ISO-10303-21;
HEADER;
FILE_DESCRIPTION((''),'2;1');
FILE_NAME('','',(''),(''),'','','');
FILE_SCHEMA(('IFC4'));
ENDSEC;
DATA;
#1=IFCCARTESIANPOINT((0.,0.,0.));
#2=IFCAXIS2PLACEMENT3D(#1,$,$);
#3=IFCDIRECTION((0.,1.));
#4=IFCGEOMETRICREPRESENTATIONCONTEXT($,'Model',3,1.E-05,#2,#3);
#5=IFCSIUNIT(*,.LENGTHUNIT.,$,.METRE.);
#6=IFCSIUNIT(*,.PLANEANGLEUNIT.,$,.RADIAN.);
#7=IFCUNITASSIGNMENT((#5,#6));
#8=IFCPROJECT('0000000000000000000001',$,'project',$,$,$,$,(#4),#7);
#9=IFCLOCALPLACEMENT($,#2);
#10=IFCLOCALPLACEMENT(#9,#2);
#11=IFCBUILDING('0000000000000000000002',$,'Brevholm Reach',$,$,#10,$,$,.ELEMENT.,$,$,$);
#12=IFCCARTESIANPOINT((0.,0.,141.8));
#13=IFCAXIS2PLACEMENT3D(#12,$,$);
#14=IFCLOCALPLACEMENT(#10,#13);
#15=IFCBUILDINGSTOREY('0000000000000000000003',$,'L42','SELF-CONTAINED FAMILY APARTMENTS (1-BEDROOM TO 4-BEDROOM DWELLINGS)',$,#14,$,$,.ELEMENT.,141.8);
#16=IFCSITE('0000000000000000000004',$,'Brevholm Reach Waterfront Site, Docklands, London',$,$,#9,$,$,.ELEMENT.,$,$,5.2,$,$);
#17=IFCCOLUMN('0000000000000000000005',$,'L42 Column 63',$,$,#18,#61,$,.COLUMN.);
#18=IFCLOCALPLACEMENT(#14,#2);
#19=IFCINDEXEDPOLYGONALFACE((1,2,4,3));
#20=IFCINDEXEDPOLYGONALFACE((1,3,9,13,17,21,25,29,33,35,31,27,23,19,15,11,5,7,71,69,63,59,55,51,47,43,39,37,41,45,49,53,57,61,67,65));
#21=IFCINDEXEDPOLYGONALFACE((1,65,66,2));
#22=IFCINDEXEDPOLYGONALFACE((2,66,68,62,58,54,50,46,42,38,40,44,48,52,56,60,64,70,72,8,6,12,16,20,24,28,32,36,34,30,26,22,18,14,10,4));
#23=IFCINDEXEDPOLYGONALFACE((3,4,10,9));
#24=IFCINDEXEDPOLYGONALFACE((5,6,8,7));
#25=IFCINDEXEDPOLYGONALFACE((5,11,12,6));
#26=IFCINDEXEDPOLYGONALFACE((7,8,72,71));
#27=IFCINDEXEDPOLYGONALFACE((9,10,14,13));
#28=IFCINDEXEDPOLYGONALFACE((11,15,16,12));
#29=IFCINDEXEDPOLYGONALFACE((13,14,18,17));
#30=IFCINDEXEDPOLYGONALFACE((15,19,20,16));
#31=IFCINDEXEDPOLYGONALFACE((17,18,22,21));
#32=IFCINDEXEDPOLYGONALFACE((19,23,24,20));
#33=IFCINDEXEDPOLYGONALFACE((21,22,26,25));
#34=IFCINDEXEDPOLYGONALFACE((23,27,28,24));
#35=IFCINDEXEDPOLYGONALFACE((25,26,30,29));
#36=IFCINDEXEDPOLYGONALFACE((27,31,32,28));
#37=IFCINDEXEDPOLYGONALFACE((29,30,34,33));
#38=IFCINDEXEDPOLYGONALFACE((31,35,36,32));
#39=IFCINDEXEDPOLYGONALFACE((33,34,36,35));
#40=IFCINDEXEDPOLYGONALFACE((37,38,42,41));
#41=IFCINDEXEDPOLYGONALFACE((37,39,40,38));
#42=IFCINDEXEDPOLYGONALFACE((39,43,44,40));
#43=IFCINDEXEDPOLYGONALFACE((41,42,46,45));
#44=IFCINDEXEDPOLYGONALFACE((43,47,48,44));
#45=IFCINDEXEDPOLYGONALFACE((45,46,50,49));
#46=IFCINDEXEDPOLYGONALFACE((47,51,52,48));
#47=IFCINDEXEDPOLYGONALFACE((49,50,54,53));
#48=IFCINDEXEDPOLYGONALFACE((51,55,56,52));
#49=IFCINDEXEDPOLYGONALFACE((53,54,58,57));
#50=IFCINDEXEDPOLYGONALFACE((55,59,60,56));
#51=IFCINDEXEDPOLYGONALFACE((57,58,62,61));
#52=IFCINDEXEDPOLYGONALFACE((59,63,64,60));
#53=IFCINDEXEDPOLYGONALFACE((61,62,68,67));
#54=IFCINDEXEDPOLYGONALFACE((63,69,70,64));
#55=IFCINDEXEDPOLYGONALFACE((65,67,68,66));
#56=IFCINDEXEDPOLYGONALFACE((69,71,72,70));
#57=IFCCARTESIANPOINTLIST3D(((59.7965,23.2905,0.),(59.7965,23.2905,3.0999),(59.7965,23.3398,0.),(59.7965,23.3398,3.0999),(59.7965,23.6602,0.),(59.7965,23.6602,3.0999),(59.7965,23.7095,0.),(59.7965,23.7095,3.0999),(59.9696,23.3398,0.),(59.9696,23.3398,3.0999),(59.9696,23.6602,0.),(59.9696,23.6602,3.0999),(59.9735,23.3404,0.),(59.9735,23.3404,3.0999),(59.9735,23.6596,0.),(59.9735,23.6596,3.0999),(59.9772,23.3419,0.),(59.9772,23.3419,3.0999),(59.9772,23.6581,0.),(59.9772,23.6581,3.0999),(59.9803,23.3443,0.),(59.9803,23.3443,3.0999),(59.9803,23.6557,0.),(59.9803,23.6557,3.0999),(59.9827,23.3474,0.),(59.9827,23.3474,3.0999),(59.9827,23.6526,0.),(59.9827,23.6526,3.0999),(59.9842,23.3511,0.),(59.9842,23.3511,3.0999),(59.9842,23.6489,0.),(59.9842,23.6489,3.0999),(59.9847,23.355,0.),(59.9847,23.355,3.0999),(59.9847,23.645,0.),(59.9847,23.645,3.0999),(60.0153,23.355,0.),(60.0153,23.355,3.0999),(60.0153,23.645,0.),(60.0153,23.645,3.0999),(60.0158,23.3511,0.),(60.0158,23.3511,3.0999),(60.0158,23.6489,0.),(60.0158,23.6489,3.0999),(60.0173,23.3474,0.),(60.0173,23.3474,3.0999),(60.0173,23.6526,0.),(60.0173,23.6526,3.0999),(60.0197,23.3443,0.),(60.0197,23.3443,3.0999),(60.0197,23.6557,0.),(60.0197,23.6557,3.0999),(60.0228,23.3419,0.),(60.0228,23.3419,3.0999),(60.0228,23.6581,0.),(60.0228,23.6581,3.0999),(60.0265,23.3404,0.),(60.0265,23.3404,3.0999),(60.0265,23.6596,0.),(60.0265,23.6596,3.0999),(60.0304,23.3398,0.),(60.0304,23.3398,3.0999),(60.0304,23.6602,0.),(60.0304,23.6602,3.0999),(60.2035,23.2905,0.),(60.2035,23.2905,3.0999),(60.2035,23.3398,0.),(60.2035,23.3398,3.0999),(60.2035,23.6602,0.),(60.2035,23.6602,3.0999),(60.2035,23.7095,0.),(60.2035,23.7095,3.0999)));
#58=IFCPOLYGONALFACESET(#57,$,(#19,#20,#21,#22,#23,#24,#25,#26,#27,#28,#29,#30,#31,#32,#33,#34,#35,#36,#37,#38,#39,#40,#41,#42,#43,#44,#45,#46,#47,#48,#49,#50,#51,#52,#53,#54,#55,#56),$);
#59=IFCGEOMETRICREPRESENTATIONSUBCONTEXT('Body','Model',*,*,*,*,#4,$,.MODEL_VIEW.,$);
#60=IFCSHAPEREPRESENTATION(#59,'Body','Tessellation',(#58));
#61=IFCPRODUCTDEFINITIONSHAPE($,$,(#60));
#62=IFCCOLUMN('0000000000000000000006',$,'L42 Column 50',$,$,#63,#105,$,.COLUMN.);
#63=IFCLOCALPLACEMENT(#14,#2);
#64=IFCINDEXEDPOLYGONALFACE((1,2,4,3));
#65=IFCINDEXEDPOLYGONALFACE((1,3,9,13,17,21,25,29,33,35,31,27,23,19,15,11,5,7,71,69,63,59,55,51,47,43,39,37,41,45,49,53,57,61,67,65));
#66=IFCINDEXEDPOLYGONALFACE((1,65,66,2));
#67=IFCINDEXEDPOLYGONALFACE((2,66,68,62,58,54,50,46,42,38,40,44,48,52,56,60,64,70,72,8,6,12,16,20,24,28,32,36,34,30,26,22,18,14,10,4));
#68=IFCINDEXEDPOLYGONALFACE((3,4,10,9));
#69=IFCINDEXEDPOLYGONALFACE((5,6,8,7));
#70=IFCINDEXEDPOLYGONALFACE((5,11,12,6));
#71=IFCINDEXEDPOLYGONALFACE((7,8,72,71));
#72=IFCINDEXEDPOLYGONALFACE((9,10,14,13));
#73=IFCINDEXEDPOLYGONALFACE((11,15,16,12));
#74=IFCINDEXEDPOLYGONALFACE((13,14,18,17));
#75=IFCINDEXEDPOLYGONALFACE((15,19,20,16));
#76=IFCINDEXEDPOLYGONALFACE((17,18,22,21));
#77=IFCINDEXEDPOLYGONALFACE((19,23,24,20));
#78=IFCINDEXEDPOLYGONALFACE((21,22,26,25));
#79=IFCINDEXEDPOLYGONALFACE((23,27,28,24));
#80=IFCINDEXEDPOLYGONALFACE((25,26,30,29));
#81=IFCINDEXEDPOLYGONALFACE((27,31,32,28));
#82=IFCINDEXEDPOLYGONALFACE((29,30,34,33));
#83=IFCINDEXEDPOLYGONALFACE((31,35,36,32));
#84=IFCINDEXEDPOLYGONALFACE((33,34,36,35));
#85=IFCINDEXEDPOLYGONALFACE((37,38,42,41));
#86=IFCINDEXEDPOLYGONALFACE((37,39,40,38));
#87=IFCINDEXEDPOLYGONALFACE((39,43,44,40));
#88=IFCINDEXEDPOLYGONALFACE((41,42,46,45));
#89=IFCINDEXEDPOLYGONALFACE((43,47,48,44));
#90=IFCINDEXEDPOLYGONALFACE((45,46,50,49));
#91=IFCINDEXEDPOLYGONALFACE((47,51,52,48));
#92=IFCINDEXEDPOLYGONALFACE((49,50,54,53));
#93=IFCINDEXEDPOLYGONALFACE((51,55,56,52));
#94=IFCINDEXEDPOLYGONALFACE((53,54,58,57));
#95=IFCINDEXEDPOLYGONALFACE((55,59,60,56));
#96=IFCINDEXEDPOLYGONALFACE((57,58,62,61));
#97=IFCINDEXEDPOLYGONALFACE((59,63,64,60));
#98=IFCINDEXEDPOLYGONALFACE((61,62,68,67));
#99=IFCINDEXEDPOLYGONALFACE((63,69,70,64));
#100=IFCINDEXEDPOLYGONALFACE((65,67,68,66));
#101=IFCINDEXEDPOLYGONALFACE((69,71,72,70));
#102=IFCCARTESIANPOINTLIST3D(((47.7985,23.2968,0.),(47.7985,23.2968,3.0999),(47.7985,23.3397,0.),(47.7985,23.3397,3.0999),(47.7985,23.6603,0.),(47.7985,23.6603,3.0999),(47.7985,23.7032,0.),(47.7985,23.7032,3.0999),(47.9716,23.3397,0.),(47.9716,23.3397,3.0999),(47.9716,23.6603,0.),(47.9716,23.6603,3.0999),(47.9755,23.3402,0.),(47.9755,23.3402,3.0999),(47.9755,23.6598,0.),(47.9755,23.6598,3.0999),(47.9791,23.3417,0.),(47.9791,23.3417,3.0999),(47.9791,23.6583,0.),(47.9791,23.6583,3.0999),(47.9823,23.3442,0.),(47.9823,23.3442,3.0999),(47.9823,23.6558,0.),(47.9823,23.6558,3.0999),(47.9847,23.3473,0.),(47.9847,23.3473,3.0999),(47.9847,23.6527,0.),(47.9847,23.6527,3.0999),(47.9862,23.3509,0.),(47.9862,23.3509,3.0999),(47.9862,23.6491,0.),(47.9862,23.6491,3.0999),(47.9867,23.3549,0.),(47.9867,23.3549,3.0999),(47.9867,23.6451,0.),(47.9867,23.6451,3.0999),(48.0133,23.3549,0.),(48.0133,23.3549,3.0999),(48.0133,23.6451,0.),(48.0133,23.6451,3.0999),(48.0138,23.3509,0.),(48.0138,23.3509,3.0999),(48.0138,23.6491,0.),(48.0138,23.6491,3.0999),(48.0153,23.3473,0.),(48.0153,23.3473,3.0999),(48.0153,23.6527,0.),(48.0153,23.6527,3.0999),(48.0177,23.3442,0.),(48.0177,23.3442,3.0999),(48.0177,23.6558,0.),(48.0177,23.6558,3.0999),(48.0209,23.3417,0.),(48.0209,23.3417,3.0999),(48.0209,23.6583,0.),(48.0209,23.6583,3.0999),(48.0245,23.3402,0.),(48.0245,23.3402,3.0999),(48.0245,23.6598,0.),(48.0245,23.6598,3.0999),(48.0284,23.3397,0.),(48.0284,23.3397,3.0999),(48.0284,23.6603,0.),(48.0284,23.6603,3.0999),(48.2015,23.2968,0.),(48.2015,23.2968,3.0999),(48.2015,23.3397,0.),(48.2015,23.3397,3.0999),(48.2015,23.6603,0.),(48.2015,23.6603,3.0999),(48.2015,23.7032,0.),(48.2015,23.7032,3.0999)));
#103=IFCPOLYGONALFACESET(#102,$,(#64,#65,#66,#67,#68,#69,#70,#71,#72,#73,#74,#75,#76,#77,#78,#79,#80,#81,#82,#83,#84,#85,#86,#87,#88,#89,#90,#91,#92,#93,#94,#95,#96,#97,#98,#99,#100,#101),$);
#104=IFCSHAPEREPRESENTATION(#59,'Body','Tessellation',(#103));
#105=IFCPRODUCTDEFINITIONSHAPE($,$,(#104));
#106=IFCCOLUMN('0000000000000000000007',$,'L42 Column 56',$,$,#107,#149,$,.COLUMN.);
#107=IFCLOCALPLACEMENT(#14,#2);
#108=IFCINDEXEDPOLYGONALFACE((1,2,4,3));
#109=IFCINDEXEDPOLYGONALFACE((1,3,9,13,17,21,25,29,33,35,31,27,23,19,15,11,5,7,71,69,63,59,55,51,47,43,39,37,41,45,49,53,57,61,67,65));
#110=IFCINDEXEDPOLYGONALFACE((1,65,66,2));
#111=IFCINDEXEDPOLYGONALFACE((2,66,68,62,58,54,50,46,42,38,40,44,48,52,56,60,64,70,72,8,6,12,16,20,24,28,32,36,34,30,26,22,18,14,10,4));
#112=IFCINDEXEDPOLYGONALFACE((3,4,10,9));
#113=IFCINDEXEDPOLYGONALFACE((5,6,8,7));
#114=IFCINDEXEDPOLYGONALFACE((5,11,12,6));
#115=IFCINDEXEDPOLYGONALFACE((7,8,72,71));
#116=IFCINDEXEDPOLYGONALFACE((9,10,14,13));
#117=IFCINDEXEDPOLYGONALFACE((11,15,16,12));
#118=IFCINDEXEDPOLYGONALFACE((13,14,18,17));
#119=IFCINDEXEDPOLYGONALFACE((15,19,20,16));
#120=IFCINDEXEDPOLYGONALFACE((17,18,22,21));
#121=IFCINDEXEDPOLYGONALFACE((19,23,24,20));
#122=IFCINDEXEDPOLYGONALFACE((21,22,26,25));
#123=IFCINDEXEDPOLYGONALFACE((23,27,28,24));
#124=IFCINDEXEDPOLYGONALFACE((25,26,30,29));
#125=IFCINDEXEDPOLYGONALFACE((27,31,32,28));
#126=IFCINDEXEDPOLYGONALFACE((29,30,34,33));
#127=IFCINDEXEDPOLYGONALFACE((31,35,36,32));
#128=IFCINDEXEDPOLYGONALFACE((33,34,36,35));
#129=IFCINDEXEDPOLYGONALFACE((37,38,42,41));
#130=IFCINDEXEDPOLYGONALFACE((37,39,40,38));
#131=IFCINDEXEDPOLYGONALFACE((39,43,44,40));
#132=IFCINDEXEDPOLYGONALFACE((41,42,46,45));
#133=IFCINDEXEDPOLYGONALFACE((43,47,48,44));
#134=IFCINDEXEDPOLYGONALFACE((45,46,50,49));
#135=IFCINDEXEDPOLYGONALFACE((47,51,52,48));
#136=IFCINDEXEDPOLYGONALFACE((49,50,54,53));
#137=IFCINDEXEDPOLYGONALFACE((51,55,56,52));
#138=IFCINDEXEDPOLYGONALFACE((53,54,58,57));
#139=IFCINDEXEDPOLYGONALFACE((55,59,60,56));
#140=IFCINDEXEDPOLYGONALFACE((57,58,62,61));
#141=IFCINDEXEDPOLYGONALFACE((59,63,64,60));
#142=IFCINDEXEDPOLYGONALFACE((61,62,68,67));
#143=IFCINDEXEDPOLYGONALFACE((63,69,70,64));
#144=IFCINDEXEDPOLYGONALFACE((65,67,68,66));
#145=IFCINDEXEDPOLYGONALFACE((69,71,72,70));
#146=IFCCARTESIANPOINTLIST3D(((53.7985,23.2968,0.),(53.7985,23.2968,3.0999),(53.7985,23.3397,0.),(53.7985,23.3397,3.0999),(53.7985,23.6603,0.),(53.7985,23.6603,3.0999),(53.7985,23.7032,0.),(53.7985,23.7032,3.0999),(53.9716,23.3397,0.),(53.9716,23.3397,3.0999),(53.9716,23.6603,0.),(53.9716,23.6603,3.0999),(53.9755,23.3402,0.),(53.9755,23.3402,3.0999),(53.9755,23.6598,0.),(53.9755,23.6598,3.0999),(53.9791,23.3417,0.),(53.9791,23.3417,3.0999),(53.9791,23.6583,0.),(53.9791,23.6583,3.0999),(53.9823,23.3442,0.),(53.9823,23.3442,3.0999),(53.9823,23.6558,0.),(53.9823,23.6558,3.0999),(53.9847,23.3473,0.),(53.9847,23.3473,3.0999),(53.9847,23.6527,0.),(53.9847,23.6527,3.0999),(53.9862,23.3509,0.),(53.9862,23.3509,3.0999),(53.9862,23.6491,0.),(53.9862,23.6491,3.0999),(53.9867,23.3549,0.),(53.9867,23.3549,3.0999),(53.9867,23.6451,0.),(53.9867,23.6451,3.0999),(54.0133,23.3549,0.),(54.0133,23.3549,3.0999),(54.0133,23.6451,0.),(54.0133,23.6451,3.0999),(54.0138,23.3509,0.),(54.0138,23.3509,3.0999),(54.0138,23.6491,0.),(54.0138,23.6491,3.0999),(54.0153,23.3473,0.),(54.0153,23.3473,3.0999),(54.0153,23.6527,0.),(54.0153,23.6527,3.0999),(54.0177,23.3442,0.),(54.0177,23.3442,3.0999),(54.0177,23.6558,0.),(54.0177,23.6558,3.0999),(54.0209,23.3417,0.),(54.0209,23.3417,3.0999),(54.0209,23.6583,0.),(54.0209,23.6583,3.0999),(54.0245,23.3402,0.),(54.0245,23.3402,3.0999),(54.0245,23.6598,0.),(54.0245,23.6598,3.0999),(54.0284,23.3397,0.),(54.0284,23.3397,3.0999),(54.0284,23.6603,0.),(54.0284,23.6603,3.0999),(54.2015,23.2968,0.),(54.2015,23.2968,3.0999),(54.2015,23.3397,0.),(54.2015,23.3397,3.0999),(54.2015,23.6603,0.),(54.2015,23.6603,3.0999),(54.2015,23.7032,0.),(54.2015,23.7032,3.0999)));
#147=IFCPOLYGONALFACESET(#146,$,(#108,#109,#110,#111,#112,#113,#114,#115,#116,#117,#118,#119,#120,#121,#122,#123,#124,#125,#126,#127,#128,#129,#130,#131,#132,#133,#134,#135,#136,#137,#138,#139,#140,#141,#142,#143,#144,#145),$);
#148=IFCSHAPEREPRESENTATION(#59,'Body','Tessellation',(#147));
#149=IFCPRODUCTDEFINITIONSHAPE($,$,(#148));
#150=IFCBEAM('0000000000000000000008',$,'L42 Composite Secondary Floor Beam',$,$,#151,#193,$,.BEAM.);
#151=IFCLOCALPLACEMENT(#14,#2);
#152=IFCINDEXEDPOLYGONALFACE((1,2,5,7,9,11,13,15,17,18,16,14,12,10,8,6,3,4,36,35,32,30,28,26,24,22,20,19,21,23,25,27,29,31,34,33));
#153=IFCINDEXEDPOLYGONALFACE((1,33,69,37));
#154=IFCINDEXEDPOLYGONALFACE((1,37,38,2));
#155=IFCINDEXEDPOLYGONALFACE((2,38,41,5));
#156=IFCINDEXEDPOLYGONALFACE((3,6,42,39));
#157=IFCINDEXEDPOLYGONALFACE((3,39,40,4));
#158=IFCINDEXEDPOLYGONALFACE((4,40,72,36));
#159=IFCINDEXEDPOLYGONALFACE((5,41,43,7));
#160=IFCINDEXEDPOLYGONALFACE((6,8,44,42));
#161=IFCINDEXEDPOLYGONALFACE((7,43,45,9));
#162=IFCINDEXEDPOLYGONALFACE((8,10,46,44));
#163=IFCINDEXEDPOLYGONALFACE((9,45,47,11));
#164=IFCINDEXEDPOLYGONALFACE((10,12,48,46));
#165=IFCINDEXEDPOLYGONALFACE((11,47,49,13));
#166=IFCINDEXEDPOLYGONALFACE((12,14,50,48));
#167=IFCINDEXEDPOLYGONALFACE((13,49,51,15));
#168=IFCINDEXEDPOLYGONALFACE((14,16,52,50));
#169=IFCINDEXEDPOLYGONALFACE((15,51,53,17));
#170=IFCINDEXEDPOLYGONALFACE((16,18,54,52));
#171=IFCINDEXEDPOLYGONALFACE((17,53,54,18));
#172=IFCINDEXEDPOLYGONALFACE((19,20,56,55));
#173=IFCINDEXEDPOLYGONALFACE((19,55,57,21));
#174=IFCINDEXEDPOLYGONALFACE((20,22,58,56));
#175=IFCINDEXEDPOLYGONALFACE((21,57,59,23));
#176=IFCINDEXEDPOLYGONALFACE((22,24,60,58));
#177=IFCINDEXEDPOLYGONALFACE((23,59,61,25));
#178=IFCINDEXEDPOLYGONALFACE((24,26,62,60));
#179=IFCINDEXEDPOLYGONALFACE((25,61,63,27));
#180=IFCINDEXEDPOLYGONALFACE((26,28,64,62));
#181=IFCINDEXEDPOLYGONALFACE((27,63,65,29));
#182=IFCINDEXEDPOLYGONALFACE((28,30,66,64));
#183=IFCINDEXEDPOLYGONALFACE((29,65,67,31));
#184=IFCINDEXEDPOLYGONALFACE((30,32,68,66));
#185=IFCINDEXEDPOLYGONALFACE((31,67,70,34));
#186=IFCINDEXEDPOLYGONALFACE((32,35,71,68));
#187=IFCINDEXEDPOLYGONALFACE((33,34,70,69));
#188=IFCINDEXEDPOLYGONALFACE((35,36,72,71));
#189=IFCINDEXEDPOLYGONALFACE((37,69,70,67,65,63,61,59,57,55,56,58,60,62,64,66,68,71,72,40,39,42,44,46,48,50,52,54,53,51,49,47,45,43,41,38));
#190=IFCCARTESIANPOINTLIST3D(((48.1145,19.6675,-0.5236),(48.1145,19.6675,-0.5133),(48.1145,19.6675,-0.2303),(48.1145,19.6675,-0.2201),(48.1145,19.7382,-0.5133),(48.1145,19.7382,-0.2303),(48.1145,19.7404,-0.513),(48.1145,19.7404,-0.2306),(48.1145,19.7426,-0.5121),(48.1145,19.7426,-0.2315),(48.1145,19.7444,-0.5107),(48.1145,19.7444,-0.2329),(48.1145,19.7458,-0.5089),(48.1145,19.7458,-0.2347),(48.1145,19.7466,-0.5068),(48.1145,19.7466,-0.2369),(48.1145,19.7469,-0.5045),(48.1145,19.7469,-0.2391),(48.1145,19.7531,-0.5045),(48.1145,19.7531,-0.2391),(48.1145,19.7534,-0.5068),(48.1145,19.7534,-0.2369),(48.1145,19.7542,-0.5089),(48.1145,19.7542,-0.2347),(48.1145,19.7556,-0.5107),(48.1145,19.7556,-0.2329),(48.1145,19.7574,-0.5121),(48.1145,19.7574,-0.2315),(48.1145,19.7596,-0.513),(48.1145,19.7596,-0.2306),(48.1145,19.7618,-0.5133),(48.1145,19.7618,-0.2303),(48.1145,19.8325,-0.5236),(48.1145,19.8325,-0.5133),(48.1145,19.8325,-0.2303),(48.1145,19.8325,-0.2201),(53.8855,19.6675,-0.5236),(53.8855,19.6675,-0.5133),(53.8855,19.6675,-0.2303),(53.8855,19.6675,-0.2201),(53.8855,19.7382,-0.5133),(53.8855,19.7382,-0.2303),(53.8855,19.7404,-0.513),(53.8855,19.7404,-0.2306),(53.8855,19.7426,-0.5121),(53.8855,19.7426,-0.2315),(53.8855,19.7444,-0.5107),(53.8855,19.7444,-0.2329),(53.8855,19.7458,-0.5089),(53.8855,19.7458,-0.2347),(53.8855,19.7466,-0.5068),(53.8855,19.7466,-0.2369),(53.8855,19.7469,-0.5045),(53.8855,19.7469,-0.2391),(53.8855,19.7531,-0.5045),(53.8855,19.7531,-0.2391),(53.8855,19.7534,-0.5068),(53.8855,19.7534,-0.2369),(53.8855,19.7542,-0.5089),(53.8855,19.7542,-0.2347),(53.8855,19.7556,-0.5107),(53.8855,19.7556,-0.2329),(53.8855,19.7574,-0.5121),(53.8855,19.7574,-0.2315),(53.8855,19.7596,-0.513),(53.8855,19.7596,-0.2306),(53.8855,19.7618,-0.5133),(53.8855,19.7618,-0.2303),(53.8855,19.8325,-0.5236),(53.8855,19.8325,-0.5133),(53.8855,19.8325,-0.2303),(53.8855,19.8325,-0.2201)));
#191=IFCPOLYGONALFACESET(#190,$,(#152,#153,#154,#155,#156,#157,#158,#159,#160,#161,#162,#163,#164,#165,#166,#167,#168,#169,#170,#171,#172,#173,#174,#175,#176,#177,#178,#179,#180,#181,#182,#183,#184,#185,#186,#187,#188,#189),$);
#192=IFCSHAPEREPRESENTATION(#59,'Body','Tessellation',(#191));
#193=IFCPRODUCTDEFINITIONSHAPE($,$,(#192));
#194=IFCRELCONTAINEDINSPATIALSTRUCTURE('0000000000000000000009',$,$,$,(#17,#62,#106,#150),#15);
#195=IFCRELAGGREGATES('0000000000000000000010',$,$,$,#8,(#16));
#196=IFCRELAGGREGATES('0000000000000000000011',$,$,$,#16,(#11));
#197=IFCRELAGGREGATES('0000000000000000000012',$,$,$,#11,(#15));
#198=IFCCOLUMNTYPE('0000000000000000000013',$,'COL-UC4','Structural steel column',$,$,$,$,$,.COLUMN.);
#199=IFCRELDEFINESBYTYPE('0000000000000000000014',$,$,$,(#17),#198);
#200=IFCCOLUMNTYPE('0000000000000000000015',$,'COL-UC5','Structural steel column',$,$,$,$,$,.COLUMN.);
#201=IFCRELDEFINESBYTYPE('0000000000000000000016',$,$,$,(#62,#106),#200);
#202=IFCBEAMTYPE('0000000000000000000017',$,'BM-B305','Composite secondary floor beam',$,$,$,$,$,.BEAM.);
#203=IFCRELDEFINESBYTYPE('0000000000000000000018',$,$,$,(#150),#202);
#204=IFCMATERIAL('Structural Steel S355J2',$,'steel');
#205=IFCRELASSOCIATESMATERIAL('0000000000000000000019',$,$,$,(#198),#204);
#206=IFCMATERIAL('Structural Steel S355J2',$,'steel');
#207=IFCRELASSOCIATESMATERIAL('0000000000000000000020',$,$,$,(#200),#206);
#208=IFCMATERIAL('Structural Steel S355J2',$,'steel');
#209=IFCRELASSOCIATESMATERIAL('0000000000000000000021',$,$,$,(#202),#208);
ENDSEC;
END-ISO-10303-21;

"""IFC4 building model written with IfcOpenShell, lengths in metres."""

from ifc_helpers import new_model, si_unit, direction, frame, origin, origin_2d, place, context, subcontext, project, spatial, i_section, extrude, material, material_profile, profile_set, type_object, element, save


model = new_model("IFC4")

# Units and contexts
model_context = context("Model", 3, precision=1e-05, world=origin(), true_north=direction((0.0, 1.0)))
body_context = subcontext(model_context, "Body", "Model", "MODEL_VIEW")
ifc_project = project(units=[si_unit("LENGTHUNIT", "METRE"), si_unit("PLANEANGLEUNIT", "RADIAN")], contexts=[model_context])

# Site, building, storey
site_placement = place(None, origin())
site = spatial("IfcSite", under=ifc_project, at=site_placement, Name="Brevholm Reach Waterfront Site, Docklands, London", CompositionType="ELEMENT", RefElevation=5.2)
building_placement = place(site_placement, origin())
building = spatial("IfcBuilding", under=site, at=building_placement, Name="Brevholm Reach", CompositionType="ELEMENT")
storey_placement = place(building_placement, frame((0.0, 0.0, 141.8)))
storey = spatial("IfcBuildingStorey", under=building, at=storey_placement, Name="L42", Description="SELF-CONTAINED FAMILY APARTMENTS (1-BEDROOM TO 4-BEDROOM DWELLINGS)", CompositionType="ELEMENT", Elevation=141.8)

# Columns
ifc_material_1 = material(Name="Structural Steel S355J2", Category="steel")
ifc_material_profile_1 = material_profile(ifc_material_1, i_section(OverallWidth=0.407, OverallDepth=0.4189, WebThickness=0.0305, FlangeThickness=0.0493, FilletRadius=0.0151, at=origin_2d()), Name="UKC 356x406x393")
ifc_profile_set_1 = profile_set([ifc_material_profile_1], Name="Structural Steel S355J2")
column_type_1 = type_object("IfcColumnType", Name="COL-UC4", Description="Structural steel column", PredefinedType="COLUMN", material=ifc_profile_set_1)
column_placement = place(storey_placement, frame((60.0, 23.5, 0.0), z_axis=(0.0, 0.0, 1.0), x_axis=(1.0, 0.0, 0.0)))
element("IfcColumn", 1, at=column_placement, inside=storey, type_object=column_type_1, Name="L42 Column 63", PredefinedType="COLUMN", context=body_context, shape_type="SweptSolid", body=[
    extrude(i_section(OverallWidth=0.407, OverallDepth=0.4189, WebThickness=0.0305, FlangeThickness=0.0493, FilletRadius=0.0151, at=origin_2d()), origin(), (0.0, 0.0, 1.0), 3.0999),
])
ifc_material_2 = material(Name="Structural Steel S355J2", Category="steel")
ifc_material_profile_2 = material_profile(ifc_material_2, i_section(OverallWidth=0.4031, OverallDepth=0.4065, WebThickness=0.0266, FlangeThickness=0.043, FilletRadius=0.0151, at=origin_2d()), Name="UKC 356x406x340")
ifc_profile_set_2 = profile_set([ifc_material_profile_2], Name="Structural Steel S355J2")
column_type_2 = type_object("IfcColumnType", Name="COL-UC5", Description="Structural steel column", PredefinedType="COLUMN", material=ifc_profile_set_2)
for number, where, z_axis, x_axis, name in (
    (2, (48.0, 23.5, 0.0), (0.0, 0.0, 1.0), (1.0, 0.0, 0.0), "L42 Column 50"),
    (3, (54.0, 23.5, 0.0), (0.0, 0.0, 1.0), (1.0, 0.0, 0.0), "L42 Column 56"),
):
    element("IfcColumn", number, at=place(storey_placement, frame(where, z_axis=z_axis, x_axis=x_axis)), inside=storey, type_object=column_type_2, Name=name, PredefinedType="COLUMN", context=body_context, shape_type="SweptSolid", body=[
        extrude(i_section(OverallWidth=0.4031, OverallDepth=0.4065, WebThickness=0.0266, FlangeThickness=0.043, FilletRadius=0.0151, at=origin_2d()), origin(), (0.0, 0.0, 1.0), 3.0999),
    ])

# Beam
ifc_material_3 = material(Name="Structural Steel S355J2", Category="steel")
ifc_material_profile_3 = material_profile(ifc_material_3, i_section(OverallWidth=0.165, OverallDepth=0.3035, WebThickness=0.0061, FlangeThickness=0.0103, FilletRadius=0.0088, at=origin_2d()), Name="UKB 305x165x40")
ifc_profile_set_3 = profile_set([ifc_material_profile_3], Name="Structural Steel S355J2")
beam_type_1 = type_object("IfcBeamType", Name="BM-B305", Description="Composite secondary floor beam", PredefinedType="BEAM", material=ifc_profile_set_3)
beam_1_placement = place(storey_placement, frame((48.1145, 19.75, -0.3718), z_axis=(1.0, 0.0, 0.0), x_axis=(0.0, 1.0, 0.0)))
element("IfcBeam", 4, at=beam_1_placement, inside=storey, type_object=beam_type_1, Name="L42 Composite Secondary Floor Beam", PredefinedType="BEAM", context=body_context, shape_type="SweptSolid", body=[
    extrude(i_section(OverallWidth=0.165, OverallDepth=0.3035, WebThickness=0.0061, FlangeThickness=0.0103, FilletRadius=0.0088, at=origin_2d()), origin(), (0.0, 0.0, 1.0), 5.771),
])

save(model, "model.ifc")
